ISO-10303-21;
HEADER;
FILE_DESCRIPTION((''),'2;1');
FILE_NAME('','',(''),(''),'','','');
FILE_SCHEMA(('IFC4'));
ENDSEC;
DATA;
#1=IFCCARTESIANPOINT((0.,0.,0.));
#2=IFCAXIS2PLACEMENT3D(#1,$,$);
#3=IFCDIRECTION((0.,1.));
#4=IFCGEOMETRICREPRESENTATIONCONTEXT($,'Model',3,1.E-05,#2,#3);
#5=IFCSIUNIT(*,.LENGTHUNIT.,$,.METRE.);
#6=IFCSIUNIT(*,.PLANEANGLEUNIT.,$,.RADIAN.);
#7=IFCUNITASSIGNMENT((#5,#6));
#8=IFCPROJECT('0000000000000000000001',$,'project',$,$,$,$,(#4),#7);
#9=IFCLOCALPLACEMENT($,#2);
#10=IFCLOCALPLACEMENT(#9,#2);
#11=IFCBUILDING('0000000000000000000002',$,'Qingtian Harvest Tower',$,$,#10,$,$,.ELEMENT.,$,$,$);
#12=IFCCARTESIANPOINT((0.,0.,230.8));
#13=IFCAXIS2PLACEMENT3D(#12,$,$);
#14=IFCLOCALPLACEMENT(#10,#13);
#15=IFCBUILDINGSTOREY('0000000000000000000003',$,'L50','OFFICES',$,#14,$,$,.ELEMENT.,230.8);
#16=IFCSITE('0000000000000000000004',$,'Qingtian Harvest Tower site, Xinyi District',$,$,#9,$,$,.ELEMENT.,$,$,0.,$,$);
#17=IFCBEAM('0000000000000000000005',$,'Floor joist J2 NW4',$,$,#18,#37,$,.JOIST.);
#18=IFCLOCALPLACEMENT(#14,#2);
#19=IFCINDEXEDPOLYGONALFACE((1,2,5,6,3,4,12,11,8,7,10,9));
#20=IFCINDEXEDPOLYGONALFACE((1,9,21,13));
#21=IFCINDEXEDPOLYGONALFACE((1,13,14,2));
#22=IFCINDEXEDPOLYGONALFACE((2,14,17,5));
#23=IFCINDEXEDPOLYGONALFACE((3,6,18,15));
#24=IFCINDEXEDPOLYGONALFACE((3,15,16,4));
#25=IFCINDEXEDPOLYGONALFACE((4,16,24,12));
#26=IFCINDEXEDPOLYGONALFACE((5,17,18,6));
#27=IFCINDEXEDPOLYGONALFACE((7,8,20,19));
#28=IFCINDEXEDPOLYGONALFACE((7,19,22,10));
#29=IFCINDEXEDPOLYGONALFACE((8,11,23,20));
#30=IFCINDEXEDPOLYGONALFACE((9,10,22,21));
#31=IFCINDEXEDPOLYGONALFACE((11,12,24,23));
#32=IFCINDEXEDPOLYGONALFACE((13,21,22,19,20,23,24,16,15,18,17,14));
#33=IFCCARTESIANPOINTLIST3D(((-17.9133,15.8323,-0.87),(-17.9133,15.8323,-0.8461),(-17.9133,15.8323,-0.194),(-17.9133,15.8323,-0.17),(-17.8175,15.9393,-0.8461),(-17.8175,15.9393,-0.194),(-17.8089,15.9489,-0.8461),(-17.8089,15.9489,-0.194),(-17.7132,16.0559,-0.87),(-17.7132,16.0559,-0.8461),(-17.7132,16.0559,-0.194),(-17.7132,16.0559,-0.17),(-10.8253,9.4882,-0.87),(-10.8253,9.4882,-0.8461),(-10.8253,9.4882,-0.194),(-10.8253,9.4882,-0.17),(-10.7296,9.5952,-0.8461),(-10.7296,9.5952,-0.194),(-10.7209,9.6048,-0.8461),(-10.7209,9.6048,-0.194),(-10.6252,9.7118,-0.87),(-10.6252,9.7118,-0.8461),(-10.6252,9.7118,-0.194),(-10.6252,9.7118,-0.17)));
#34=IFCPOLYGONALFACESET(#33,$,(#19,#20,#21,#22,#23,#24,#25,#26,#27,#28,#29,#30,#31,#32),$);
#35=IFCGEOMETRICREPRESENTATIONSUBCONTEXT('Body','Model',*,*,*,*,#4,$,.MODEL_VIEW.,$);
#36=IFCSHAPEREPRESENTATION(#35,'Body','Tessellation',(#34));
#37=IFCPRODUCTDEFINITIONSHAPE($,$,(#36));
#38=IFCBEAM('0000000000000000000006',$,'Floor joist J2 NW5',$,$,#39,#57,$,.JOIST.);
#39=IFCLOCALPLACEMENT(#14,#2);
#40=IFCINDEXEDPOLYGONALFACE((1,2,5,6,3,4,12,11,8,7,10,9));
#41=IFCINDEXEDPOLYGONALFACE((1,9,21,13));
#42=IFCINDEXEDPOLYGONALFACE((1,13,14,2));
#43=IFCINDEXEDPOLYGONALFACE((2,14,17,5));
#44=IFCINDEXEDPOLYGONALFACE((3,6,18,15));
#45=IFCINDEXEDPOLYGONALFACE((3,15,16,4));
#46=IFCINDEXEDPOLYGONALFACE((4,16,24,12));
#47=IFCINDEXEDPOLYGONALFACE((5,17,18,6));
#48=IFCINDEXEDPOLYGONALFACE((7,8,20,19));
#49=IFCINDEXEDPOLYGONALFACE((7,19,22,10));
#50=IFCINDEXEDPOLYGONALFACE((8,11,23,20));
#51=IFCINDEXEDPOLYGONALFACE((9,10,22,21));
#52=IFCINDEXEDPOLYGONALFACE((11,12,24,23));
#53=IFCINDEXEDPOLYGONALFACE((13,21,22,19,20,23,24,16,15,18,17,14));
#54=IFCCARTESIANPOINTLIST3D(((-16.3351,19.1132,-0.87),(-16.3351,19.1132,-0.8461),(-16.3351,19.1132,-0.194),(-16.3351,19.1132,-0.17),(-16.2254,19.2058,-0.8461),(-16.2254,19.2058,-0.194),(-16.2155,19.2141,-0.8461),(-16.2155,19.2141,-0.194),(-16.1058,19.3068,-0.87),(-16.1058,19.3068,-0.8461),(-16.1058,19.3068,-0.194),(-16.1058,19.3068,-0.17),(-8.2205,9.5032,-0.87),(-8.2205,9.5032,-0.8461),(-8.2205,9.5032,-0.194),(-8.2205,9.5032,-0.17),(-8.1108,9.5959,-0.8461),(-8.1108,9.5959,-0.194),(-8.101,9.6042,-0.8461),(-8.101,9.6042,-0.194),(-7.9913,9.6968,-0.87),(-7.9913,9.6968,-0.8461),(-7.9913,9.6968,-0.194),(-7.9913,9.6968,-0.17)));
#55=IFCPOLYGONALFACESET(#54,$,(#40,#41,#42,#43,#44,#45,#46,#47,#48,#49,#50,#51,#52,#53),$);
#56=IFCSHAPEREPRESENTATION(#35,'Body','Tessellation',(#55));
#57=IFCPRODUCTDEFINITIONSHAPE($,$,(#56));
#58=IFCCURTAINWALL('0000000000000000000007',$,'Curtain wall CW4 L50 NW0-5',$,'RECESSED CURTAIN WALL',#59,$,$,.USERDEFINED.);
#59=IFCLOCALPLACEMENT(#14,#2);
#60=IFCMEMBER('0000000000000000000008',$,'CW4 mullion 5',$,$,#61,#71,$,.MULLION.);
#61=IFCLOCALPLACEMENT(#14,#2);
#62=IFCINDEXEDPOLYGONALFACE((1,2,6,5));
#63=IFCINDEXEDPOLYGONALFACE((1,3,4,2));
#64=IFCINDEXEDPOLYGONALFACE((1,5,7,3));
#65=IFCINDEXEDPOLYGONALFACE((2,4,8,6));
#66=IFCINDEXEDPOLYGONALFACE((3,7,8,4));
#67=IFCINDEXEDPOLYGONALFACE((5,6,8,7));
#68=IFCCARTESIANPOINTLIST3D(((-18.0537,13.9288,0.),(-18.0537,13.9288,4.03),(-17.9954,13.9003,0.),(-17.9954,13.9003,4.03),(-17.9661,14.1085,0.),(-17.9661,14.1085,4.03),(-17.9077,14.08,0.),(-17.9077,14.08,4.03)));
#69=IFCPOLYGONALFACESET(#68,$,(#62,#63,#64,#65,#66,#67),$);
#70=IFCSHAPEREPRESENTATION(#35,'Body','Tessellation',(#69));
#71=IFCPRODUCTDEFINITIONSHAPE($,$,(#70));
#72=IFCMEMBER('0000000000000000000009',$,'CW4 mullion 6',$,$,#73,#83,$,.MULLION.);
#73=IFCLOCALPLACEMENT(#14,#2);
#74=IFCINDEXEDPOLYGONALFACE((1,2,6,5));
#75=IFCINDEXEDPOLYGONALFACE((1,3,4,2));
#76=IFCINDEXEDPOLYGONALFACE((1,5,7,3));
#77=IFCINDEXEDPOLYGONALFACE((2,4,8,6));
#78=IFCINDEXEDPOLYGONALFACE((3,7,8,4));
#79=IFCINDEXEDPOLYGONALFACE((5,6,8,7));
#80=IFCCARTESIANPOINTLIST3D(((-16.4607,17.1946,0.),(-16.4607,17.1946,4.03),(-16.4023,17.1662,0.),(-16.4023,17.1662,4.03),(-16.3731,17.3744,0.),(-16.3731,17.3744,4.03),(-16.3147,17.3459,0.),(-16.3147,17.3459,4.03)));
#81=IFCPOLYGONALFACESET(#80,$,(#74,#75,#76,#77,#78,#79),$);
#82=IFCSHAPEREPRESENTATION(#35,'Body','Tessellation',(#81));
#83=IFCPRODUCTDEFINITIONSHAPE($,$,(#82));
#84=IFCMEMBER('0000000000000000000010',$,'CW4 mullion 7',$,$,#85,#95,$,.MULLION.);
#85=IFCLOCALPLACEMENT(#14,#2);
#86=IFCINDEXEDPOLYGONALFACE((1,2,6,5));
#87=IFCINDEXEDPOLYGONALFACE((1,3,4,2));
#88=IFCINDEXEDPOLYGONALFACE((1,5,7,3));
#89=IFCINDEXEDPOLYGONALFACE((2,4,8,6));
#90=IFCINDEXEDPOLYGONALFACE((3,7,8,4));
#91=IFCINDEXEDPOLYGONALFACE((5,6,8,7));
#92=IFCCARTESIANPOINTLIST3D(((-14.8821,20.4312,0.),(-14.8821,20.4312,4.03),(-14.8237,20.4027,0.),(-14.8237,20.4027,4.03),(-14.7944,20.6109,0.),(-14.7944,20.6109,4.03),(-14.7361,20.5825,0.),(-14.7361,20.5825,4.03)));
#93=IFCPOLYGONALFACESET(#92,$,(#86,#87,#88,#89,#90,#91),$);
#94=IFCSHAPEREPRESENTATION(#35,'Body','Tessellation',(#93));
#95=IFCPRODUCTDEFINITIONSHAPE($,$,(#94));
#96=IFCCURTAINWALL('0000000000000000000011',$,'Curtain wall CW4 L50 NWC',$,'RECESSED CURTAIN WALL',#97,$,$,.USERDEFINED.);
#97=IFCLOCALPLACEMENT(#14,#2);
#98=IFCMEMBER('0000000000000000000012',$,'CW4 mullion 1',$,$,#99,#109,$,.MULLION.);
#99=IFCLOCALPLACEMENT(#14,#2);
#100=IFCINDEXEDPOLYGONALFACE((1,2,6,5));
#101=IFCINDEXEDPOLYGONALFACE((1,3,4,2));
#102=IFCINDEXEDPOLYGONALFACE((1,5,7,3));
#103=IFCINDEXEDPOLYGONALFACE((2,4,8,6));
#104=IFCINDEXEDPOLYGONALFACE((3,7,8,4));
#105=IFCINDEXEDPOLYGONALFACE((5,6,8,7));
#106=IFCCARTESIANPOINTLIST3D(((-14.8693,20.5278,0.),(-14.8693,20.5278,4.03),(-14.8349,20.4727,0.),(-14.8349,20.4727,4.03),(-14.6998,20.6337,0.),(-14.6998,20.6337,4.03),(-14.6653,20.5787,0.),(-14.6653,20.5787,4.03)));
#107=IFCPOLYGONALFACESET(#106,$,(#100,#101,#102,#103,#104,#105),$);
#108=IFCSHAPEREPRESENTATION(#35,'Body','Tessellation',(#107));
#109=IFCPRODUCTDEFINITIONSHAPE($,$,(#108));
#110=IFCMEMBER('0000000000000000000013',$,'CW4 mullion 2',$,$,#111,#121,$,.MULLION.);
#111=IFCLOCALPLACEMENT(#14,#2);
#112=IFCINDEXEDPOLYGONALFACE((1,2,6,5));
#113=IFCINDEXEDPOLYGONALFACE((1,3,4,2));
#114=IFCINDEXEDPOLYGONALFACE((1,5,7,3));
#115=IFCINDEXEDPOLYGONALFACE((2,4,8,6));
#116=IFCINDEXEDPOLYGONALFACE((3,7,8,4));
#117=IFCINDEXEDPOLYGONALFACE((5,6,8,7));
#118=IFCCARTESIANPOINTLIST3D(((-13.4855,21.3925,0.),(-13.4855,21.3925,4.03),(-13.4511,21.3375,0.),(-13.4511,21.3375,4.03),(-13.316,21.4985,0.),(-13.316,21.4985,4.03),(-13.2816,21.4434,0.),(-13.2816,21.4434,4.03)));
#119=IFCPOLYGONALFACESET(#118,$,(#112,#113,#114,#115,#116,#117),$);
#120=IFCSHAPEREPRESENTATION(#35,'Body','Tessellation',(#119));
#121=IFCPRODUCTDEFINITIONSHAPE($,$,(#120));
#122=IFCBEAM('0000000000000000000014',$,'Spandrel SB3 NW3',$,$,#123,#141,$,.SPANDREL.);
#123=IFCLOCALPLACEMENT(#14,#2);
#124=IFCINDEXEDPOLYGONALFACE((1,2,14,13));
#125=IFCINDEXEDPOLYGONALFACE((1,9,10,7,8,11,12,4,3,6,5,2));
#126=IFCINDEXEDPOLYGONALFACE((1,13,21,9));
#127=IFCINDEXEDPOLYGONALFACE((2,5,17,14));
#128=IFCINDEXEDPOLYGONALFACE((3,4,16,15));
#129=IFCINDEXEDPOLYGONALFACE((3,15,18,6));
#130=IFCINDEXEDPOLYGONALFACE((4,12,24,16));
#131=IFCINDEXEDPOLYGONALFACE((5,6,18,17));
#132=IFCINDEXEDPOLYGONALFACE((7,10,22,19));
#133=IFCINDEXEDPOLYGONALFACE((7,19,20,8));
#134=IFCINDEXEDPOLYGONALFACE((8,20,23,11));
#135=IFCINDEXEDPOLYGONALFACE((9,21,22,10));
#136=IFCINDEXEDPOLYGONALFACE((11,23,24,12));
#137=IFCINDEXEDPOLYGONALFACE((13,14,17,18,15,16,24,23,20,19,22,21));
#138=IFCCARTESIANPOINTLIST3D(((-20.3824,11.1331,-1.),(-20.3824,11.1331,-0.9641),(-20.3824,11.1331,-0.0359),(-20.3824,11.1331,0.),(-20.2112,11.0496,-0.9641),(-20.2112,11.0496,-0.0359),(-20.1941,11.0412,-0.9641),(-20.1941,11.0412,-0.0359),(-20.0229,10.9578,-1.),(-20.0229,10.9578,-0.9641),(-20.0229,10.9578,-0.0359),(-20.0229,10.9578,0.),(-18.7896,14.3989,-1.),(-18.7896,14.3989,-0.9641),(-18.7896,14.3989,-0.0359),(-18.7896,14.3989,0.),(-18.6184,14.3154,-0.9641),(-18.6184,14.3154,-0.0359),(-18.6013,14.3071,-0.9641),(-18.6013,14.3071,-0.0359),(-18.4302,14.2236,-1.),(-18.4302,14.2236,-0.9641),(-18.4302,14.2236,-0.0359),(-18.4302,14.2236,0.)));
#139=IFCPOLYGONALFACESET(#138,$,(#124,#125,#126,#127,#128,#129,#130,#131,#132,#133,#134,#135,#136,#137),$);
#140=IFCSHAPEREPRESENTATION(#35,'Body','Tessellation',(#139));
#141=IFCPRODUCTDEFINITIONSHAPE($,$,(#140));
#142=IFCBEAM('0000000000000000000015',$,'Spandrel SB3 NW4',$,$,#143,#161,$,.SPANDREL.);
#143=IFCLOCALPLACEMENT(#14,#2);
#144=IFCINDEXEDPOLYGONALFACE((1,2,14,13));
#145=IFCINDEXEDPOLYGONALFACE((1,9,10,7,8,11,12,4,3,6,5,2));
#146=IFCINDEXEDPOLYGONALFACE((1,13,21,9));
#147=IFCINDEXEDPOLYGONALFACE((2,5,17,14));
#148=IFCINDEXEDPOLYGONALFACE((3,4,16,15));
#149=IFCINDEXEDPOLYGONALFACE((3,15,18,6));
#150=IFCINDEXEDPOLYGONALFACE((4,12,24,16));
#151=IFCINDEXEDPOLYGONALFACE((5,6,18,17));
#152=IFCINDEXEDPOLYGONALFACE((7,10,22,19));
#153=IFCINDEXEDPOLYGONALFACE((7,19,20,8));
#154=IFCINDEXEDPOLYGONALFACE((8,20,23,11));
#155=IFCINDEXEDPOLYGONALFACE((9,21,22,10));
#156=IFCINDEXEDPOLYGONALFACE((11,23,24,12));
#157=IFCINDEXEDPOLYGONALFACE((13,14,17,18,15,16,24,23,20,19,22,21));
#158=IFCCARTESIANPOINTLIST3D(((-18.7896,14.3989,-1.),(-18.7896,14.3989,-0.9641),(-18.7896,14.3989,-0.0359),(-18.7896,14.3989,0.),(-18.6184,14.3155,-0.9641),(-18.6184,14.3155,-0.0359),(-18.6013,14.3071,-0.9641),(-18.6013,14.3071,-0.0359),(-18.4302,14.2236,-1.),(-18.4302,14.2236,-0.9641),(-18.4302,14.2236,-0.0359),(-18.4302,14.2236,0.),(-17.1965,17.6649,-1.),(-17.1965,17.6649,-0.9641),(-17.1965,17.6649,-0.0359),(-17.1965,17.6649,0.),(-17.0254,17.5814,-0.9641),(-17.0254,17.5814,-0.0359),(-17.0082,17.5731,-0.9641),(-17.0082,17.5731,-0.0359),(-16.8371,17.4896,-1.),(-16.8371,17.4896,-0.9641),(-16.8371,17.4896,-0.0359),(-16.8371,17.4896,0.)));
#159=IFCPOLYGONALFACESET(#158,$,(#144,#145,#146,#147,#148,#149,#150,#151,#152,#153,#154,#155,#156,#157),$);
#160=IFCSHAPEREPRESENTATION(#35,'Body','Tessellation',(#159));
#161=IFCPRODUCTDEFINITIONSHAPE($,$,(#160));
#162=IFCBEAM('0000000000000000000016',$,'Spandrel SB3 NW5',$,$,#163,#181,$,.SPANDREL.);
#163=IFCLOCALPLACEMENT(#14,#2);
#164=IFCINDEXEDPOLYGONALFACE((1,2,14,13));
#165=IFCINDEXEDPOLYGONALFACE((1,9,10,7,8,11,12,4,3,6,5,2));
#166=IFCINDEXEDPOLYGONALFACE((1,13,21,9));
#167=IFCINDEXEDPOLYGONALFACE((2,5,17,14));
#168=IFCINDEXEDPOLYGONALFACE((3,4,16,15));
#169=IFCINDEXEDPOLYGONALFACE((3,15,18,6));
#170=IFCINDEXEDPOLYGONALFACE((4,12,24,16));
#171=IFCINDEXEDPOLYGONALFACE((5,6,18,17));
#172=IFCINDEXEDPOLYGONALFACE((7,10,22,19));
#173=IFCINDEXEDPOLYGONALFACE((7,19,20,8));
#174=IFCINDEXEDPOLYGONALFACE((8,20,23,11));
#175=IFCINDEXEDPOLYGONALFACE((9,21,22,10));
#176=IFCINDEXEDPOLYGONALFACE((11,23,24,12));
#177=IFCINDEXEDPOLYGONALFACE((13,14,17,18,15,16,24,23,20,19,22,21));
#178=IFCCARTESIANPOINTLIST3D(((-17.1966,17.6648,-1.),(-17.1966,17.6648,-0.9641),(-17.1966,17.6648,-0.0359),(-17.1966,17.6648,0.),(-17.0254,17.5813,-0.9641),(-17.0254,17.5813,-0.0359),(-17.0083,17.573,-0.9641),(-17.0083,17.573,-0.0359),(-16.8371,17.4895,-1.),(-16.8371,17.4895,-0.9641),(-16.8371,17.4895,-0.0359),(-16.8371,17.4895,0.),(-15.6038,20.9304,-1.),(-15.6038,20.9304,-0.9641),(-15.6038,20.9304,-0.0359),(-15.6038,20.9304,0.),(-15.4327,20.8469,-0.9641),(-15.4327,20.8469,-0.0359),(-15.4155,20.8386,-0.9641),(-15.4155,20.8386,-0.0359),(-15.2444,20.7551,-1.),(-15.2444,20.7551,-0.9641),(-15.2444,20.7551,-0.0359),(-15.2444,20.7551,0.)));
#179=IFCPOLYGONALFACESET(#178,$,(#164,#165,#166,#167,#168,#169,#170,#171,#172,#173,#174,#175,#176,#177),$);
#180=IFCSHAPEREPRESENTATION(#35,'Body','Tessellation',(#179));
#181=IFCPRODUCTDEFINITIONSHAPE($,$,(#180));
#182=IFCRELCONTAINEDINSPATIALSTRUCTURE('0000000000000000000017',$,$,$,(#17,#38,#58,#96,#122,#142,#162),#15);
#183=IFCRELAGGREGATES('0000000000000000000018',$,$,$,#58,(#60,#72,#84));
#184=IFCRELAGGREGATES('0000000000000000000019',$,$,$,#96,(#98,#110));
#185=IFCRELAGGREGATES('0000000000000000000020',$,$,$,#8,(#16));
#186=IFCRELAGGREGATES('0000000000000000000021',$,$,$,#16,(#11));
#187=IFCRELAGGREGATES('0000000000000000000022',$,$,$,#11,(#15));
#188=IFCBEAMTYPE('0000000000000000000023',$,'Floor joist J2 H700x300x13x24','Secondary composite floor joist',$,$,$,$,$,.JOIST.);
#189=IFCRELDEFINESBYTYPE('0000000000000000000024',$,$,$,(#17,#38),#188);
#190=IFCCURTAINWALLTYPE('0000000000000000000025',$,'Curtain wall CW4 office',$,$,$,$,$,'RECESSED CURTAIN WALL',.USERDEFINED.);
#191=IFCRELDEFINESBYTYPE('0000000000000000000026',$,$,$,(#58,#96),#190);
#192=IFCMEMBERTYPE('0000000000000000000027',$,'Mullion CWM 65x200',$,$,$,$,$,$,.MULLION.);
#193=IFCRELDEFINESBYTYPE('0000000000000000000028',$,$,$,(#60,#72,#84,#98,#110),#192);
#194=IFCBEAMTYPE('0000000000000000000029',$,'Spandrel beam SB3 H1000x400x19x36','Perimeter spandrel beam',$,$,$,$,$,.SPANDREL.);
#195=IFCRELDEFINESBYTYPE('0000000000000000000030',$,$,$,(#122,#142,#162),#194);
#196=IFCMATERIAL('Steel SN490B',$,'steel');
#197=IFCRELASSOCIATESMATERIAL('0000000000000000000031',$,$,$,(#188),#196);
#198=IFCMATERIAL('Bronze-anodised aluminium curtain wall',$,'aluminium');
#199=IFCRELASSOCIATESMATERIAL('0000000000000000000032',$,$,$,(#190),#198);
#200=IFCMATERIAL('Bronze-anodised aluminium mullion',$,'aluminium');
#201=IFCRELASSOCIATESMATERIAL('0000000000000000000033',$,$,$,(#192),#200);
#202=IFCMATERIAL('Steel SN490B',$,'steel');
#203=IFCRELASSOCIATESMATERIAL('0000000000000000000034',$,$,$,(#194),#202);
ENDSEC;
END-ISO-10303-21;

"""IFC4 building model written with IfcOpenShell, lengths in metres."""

from ifc_helpers import new_model, si_unit, direction, frame, origin, origin_2d, place, context, subcontext, project, spatial, rectangle, i_section, extrude, material, material_profile, profile_set, type_object, element, aggregate, save


model = new_model("IFC4")

# Units and contexts
model_context = context("Model", 3, precision=1e-05, world=origin(), true_north=direction((0.0, 1.0)))
body_context = subcontext(model_context, "Body", "Model", "MODEL_VIEW")
ifc_project = project(units=[si_unit("LENGTHUNIT", "METRE"), si_unit("PLANEANGLEUNIT", "RADIAN")], contexts=[model_context])

# Site, building, storey
site_placement = place(None, origin())
site = spatial("IfcSite", under=ifc_project, at=site_placement, Name="Qingtian Harvest Tower site, Xinyi District", CompositionType="ELEMENT", RefElevation=0.0)
building_placement = place(site_placement, origin())
building = spatial("IfcBuilding", under=site, at=building_placement, Name="Qingtian Harvest Tower", CompositionType="ELEMENT")
storey_placement = place(building_placement, frame((0.0, 0.0, 230.8)))
storey = spatial("IfcBuildingStorey", under=building, at=storey_placement, Name="L50", Description="OFFICES", CompositionType="ELEMENT", Elevation=230.8)

# Beams
ifc_material_1 = material(Name="Steel SN490B", Category="steel")
ifc_material_profile_1 = material_profile(ifc_material_1, i_section(OverallWidth=0.3, OverallDepth=0.7, WebThickness=0.0129, FlangeThickness=0.0239, at=origin_2d()), Name="H700x300x13x24")
ifc_profile_set_1 = profile_set([ifc_material_profile_1], Name="Steel SN490B")
beam_type_1 = type_object("IfcBeamType", Name="Floor joist J2 H700x300x13x24", Description="Secondary composite floor joist", PredefinedType="JOIST", material=ifc_profile_set_1)
beam_1_placement = place(storey_placement, frame((-17.8132, 15.9441, -0.52), z_axis=(0.745127, -0.666923, 0.0), x_axis=(0.666923, 0.745127, 0.0)))
element("IfcBeam", 1, at=beam_1_placement, inside=storey, type_object=beam_type_1, Name="Floor joist J2 NW4", PredefinedType="JOIST", context=body_context, shape_type="SweptSolid", body=[
    extrude(i_section(OverallWidth=0.3, OverallDepth=0.7, WebThickness=0.0129, FlangeThickness=0.0239, at=origin_2d()), origin(), (0.0, 0.0, 1.0), 9.5125),
])
beam_2_placement = place(storey_placement, frame((-16.2205, 19.21, -0.52), z_axis=(0.645158, -0.764049, 0.0), x_axis=(0.764049, 0.645158, 0.0)))
element("IfcBeam", 2, at=beam_2_placement, inside=storey, type_object=beam_type_1, Name="Floor joist J2 NW5", PredefinedType="JOIST", context=body_context, shape_type="SweptSolid", body=[
    extrude(i_section(OverallWidth=0.3, OverallDepth=0.7, WebThickness=0.0129, FlangeThickness=0.0239, at=origin_2d()), origin(), (0.0, 0.0, 1.0), 12.5776),
])

# Curtain walls, members
ifc_material_2 = material(Name="Bronze-anodised aluminium curtain wall", Category="aluminium")
curtain_wall_type = type_object("IfcCurtainWallType", Name="Curtain wall CW4 office", ElementType="RECESSED CURTAIN WALL", PredefinedType="USERDEFINED", material=ifc_material_2)
curtain_wall_1_placement = place(storey_placement, origin())
curtain_wall_1 = element("IfcCurtainWall", 3, at=curtain_wall_1_placement, inside=storey, type_object=curtain_wall_type, Name="Curtain wall CW4 L50 NW0-5", ObjectType="RECESSED CURTAIN WALL", PredefinedType="USERDEFINED")
ifc_material_3 = material(Name="Bronze-anodised aluminium mullion", Category="aluminium")
ifc_material_profile_2 = material_profile(ifc_material_3, rectangle(XDim=0.0649, YDim=0.2, at=origin_2d()), Name="AL 65x200")
ifc_profile_set_2 = profile_set([ifc_material_profile_2], Name="Bronze-anodised aluminium mullion")
member_type_1 = type_object("IfcMemberType", Name="Mullion CWM 65x200", PredefinedType="MULLION", material=ifc_profile_set_2)
member_1_placement = place(storey_placement, frame((-17.9807, 14.0044, 0.0), z_axis=(0.0, 0.0, 1.0), x_axis=(-0.898794, 0.438371, 0.0)))
member_1 = element("IfcMember", 4, at=member_1_placement, type_object=member_type_1, Name="CW4 mullion 5", PredefinedType="MULLION", context=body_context, shape_type="SweptSolid", body=[
    extrude(rectangle(XDim=0.0649, YDim=0.2, at=origin_2d()), origin(), (0.0, 0.0, 1.0), 4.03),
])
member_2_placement = place(storey_placement, frame((-16.3877, 17.2703, 0.0), z_axis=(0.0, 0.0, 1.0), x_axis=(-0.898794, 0.438371, 0.0)))
member_2 = element("IfcMember", 5, at=member_2_placement, type_object=member_type_1, Name="CW4 mullion 6", PredefinedType="MULLION", context=body_context, shape_type="SweptSolid", body=[
    extrude(rectangle(XDim=0.0649, YDim=0.2, at=origin_2d()), origin(), (0.0, 0.0, 1.0), 4.03),
])
member_3_placement = place(storey_placement, frame((-14.8091, 20.5068, 0.0), z_axis=(0.0, 0.0, 1.0), x_axis=(-0.898794, 0.438371, 0.0)))
member_3 = element("IfcMember", 6, at=member_3_placement, type_object=member_type_1, Name="CW4 mullion 7", PredefinedType="MULLION", context=body_context, shape_type="SweptSolid", body=[
    extrude(rectangle(XDim=0.0649, YDim=0.2, at=origin_2d()), origin(), (0.0, 0.0, 1.0), 4.03),
])
curtain_wall_2_placement = place(storey_placement, origin())
curtain_wall_2 = element("IfcCurtainWall", 7, at=curtain_wall_2_placement, inside=storey, type_object=curtain_wall_type, Name="Curtain wall CW4 L50 NWC", ObjectType="RECESSED CURTAIN WALL", PredefinedType="USERDEFINED")
member_4_placement = place(storey_placement, frame((-14.7673, 20.5532, 0.0), z_axis=(0.0, 0.0, 1.0), x_axis=(-0.529919, 0.848048, 0.0)))
member_4 = element("IfcMember", 8, at=member_4_placement, type_object=member_type_1, Name="CW4 mullion 1", PredefinedType="MULLION", context=body_context, shape_type="SweptSolid", body=[
    extrude(rectangle(XDim=0.0649, YDim=0.2, at=origin_2d()), origin(), (0.0, 0.0, 1.0), 4.03),
])
member_5_placement = place(storey_placement, frame((-13.3835, 21.418, 0.0), z_axis=(0.0, 0.0, 1.0), x_axis=(-0.529919, 0.848048, 0.0)))
member_5 = element("IfcMember", 9, at=member_5_placement, type_object=member_type_1, Name="CW4 mullion 2", PredefinedType="MULLION", context=body_context, shape_type="SweptSolid", body=[
    extrude(rectangle(XDim=0.0649, YDim=0.2, at=origin_2d()), origin(), (0.0, 0.0, 1.0), 4.03),
])

# Beams
ifc_material_4 = material(Name="Steel SN490B", Category="steel")
ifc_material_profile_3 = material_profile(ifc_material_4, i_section(OverallWidth=0.3999, OverallDepth=1.0, WebThickness=0.019, FlangeThickness=0.0359, at=origin_2d()), Name="H1000x400x19x36")
ifc_profile_set_3 = profile_set([ifc_material_profile_3], Name="Steel SN490B")
beam_type_2 = type_object("IfcBeamType", Name="Spandrel beam SB3 H1000x400x19x36", Description="Perimeter spandrel beam", PredefinedType="SPANDREL", material=ifc_profile_set_3)
beam_3_placement = place(storey_placement, frame((-20.2026, 11.0454, -0.5), z_axis=(0.438349, 0.898805, 0.0), x_axis=(-0.898805, 0.438349, 0.0)))
element("IfcBeam", 10, at=beam_3_placement, inside=storey, type_object=beam_type_2, Name="Spandrel SB3 NW3", PredefinedType="SPANDREL", context=body_context, shape_type="SweptSolid", body=[
    extrude(i_section(OverallWidth=0.3999, OverallDepth=1.0, WebThickness=0.019, FlangeThickness=0.0359, at=origin_2d()), origin(), (0.0, 0.0, 1.0), 3.6335),
])
beam_4_placement = place(storey_placement, frame((-18.6099, 14.3113, -0.5), z_axis=(0.438404, 0.898778, 0.0), x_axis=(-0.898778, 0.438404, 0.0)))
element("IfcBeam", 11, at=beam_4_placement, inside=storey, type_object=beam_type_2, Name="Spandrel SB3 NW4", PredefinedType="SPANDREL", context=body_context, shape_type="SweptSolid", body=[
    extrude(i_section(OverallWidth=0.3999, OverallDepth=1.0, WebThickness=0.019, FlangeThickness=0.0359, at=origin_2d()), origin(), (0.0, 0.0, 1.0), 3.6338),
])
beam_5_placement = place(storey_placement, frame((-17.0168, 17.5771, -0.5), z_axis=(0.438376, 0.898792, 0.0), x_axis=(-0.898792, 0.438376, 0.0)))
element("IfcBeam", 12, at=beam_5_placement, inside=storey, type_object=beam_type_2, Name="Spandrel SB3 NW5", PredefinedType="SPANDREL", context=body_context, shape_type="SweptSolid", body=[
    extrude(i_section(OverallWidth=0.3999, OverallDepth=1.0, WebThickness=0.019, FlangeThickness=0.0359, at=origin_2d()), origin(), (0.0, 0.0, 1.0), 3.6333),
])

aggregate(curtain_wall_1, [member_1, member_2, member_3])
aggregate(curtain_wall_2, [member_4, member_5])

save(model, "model.ifc")
